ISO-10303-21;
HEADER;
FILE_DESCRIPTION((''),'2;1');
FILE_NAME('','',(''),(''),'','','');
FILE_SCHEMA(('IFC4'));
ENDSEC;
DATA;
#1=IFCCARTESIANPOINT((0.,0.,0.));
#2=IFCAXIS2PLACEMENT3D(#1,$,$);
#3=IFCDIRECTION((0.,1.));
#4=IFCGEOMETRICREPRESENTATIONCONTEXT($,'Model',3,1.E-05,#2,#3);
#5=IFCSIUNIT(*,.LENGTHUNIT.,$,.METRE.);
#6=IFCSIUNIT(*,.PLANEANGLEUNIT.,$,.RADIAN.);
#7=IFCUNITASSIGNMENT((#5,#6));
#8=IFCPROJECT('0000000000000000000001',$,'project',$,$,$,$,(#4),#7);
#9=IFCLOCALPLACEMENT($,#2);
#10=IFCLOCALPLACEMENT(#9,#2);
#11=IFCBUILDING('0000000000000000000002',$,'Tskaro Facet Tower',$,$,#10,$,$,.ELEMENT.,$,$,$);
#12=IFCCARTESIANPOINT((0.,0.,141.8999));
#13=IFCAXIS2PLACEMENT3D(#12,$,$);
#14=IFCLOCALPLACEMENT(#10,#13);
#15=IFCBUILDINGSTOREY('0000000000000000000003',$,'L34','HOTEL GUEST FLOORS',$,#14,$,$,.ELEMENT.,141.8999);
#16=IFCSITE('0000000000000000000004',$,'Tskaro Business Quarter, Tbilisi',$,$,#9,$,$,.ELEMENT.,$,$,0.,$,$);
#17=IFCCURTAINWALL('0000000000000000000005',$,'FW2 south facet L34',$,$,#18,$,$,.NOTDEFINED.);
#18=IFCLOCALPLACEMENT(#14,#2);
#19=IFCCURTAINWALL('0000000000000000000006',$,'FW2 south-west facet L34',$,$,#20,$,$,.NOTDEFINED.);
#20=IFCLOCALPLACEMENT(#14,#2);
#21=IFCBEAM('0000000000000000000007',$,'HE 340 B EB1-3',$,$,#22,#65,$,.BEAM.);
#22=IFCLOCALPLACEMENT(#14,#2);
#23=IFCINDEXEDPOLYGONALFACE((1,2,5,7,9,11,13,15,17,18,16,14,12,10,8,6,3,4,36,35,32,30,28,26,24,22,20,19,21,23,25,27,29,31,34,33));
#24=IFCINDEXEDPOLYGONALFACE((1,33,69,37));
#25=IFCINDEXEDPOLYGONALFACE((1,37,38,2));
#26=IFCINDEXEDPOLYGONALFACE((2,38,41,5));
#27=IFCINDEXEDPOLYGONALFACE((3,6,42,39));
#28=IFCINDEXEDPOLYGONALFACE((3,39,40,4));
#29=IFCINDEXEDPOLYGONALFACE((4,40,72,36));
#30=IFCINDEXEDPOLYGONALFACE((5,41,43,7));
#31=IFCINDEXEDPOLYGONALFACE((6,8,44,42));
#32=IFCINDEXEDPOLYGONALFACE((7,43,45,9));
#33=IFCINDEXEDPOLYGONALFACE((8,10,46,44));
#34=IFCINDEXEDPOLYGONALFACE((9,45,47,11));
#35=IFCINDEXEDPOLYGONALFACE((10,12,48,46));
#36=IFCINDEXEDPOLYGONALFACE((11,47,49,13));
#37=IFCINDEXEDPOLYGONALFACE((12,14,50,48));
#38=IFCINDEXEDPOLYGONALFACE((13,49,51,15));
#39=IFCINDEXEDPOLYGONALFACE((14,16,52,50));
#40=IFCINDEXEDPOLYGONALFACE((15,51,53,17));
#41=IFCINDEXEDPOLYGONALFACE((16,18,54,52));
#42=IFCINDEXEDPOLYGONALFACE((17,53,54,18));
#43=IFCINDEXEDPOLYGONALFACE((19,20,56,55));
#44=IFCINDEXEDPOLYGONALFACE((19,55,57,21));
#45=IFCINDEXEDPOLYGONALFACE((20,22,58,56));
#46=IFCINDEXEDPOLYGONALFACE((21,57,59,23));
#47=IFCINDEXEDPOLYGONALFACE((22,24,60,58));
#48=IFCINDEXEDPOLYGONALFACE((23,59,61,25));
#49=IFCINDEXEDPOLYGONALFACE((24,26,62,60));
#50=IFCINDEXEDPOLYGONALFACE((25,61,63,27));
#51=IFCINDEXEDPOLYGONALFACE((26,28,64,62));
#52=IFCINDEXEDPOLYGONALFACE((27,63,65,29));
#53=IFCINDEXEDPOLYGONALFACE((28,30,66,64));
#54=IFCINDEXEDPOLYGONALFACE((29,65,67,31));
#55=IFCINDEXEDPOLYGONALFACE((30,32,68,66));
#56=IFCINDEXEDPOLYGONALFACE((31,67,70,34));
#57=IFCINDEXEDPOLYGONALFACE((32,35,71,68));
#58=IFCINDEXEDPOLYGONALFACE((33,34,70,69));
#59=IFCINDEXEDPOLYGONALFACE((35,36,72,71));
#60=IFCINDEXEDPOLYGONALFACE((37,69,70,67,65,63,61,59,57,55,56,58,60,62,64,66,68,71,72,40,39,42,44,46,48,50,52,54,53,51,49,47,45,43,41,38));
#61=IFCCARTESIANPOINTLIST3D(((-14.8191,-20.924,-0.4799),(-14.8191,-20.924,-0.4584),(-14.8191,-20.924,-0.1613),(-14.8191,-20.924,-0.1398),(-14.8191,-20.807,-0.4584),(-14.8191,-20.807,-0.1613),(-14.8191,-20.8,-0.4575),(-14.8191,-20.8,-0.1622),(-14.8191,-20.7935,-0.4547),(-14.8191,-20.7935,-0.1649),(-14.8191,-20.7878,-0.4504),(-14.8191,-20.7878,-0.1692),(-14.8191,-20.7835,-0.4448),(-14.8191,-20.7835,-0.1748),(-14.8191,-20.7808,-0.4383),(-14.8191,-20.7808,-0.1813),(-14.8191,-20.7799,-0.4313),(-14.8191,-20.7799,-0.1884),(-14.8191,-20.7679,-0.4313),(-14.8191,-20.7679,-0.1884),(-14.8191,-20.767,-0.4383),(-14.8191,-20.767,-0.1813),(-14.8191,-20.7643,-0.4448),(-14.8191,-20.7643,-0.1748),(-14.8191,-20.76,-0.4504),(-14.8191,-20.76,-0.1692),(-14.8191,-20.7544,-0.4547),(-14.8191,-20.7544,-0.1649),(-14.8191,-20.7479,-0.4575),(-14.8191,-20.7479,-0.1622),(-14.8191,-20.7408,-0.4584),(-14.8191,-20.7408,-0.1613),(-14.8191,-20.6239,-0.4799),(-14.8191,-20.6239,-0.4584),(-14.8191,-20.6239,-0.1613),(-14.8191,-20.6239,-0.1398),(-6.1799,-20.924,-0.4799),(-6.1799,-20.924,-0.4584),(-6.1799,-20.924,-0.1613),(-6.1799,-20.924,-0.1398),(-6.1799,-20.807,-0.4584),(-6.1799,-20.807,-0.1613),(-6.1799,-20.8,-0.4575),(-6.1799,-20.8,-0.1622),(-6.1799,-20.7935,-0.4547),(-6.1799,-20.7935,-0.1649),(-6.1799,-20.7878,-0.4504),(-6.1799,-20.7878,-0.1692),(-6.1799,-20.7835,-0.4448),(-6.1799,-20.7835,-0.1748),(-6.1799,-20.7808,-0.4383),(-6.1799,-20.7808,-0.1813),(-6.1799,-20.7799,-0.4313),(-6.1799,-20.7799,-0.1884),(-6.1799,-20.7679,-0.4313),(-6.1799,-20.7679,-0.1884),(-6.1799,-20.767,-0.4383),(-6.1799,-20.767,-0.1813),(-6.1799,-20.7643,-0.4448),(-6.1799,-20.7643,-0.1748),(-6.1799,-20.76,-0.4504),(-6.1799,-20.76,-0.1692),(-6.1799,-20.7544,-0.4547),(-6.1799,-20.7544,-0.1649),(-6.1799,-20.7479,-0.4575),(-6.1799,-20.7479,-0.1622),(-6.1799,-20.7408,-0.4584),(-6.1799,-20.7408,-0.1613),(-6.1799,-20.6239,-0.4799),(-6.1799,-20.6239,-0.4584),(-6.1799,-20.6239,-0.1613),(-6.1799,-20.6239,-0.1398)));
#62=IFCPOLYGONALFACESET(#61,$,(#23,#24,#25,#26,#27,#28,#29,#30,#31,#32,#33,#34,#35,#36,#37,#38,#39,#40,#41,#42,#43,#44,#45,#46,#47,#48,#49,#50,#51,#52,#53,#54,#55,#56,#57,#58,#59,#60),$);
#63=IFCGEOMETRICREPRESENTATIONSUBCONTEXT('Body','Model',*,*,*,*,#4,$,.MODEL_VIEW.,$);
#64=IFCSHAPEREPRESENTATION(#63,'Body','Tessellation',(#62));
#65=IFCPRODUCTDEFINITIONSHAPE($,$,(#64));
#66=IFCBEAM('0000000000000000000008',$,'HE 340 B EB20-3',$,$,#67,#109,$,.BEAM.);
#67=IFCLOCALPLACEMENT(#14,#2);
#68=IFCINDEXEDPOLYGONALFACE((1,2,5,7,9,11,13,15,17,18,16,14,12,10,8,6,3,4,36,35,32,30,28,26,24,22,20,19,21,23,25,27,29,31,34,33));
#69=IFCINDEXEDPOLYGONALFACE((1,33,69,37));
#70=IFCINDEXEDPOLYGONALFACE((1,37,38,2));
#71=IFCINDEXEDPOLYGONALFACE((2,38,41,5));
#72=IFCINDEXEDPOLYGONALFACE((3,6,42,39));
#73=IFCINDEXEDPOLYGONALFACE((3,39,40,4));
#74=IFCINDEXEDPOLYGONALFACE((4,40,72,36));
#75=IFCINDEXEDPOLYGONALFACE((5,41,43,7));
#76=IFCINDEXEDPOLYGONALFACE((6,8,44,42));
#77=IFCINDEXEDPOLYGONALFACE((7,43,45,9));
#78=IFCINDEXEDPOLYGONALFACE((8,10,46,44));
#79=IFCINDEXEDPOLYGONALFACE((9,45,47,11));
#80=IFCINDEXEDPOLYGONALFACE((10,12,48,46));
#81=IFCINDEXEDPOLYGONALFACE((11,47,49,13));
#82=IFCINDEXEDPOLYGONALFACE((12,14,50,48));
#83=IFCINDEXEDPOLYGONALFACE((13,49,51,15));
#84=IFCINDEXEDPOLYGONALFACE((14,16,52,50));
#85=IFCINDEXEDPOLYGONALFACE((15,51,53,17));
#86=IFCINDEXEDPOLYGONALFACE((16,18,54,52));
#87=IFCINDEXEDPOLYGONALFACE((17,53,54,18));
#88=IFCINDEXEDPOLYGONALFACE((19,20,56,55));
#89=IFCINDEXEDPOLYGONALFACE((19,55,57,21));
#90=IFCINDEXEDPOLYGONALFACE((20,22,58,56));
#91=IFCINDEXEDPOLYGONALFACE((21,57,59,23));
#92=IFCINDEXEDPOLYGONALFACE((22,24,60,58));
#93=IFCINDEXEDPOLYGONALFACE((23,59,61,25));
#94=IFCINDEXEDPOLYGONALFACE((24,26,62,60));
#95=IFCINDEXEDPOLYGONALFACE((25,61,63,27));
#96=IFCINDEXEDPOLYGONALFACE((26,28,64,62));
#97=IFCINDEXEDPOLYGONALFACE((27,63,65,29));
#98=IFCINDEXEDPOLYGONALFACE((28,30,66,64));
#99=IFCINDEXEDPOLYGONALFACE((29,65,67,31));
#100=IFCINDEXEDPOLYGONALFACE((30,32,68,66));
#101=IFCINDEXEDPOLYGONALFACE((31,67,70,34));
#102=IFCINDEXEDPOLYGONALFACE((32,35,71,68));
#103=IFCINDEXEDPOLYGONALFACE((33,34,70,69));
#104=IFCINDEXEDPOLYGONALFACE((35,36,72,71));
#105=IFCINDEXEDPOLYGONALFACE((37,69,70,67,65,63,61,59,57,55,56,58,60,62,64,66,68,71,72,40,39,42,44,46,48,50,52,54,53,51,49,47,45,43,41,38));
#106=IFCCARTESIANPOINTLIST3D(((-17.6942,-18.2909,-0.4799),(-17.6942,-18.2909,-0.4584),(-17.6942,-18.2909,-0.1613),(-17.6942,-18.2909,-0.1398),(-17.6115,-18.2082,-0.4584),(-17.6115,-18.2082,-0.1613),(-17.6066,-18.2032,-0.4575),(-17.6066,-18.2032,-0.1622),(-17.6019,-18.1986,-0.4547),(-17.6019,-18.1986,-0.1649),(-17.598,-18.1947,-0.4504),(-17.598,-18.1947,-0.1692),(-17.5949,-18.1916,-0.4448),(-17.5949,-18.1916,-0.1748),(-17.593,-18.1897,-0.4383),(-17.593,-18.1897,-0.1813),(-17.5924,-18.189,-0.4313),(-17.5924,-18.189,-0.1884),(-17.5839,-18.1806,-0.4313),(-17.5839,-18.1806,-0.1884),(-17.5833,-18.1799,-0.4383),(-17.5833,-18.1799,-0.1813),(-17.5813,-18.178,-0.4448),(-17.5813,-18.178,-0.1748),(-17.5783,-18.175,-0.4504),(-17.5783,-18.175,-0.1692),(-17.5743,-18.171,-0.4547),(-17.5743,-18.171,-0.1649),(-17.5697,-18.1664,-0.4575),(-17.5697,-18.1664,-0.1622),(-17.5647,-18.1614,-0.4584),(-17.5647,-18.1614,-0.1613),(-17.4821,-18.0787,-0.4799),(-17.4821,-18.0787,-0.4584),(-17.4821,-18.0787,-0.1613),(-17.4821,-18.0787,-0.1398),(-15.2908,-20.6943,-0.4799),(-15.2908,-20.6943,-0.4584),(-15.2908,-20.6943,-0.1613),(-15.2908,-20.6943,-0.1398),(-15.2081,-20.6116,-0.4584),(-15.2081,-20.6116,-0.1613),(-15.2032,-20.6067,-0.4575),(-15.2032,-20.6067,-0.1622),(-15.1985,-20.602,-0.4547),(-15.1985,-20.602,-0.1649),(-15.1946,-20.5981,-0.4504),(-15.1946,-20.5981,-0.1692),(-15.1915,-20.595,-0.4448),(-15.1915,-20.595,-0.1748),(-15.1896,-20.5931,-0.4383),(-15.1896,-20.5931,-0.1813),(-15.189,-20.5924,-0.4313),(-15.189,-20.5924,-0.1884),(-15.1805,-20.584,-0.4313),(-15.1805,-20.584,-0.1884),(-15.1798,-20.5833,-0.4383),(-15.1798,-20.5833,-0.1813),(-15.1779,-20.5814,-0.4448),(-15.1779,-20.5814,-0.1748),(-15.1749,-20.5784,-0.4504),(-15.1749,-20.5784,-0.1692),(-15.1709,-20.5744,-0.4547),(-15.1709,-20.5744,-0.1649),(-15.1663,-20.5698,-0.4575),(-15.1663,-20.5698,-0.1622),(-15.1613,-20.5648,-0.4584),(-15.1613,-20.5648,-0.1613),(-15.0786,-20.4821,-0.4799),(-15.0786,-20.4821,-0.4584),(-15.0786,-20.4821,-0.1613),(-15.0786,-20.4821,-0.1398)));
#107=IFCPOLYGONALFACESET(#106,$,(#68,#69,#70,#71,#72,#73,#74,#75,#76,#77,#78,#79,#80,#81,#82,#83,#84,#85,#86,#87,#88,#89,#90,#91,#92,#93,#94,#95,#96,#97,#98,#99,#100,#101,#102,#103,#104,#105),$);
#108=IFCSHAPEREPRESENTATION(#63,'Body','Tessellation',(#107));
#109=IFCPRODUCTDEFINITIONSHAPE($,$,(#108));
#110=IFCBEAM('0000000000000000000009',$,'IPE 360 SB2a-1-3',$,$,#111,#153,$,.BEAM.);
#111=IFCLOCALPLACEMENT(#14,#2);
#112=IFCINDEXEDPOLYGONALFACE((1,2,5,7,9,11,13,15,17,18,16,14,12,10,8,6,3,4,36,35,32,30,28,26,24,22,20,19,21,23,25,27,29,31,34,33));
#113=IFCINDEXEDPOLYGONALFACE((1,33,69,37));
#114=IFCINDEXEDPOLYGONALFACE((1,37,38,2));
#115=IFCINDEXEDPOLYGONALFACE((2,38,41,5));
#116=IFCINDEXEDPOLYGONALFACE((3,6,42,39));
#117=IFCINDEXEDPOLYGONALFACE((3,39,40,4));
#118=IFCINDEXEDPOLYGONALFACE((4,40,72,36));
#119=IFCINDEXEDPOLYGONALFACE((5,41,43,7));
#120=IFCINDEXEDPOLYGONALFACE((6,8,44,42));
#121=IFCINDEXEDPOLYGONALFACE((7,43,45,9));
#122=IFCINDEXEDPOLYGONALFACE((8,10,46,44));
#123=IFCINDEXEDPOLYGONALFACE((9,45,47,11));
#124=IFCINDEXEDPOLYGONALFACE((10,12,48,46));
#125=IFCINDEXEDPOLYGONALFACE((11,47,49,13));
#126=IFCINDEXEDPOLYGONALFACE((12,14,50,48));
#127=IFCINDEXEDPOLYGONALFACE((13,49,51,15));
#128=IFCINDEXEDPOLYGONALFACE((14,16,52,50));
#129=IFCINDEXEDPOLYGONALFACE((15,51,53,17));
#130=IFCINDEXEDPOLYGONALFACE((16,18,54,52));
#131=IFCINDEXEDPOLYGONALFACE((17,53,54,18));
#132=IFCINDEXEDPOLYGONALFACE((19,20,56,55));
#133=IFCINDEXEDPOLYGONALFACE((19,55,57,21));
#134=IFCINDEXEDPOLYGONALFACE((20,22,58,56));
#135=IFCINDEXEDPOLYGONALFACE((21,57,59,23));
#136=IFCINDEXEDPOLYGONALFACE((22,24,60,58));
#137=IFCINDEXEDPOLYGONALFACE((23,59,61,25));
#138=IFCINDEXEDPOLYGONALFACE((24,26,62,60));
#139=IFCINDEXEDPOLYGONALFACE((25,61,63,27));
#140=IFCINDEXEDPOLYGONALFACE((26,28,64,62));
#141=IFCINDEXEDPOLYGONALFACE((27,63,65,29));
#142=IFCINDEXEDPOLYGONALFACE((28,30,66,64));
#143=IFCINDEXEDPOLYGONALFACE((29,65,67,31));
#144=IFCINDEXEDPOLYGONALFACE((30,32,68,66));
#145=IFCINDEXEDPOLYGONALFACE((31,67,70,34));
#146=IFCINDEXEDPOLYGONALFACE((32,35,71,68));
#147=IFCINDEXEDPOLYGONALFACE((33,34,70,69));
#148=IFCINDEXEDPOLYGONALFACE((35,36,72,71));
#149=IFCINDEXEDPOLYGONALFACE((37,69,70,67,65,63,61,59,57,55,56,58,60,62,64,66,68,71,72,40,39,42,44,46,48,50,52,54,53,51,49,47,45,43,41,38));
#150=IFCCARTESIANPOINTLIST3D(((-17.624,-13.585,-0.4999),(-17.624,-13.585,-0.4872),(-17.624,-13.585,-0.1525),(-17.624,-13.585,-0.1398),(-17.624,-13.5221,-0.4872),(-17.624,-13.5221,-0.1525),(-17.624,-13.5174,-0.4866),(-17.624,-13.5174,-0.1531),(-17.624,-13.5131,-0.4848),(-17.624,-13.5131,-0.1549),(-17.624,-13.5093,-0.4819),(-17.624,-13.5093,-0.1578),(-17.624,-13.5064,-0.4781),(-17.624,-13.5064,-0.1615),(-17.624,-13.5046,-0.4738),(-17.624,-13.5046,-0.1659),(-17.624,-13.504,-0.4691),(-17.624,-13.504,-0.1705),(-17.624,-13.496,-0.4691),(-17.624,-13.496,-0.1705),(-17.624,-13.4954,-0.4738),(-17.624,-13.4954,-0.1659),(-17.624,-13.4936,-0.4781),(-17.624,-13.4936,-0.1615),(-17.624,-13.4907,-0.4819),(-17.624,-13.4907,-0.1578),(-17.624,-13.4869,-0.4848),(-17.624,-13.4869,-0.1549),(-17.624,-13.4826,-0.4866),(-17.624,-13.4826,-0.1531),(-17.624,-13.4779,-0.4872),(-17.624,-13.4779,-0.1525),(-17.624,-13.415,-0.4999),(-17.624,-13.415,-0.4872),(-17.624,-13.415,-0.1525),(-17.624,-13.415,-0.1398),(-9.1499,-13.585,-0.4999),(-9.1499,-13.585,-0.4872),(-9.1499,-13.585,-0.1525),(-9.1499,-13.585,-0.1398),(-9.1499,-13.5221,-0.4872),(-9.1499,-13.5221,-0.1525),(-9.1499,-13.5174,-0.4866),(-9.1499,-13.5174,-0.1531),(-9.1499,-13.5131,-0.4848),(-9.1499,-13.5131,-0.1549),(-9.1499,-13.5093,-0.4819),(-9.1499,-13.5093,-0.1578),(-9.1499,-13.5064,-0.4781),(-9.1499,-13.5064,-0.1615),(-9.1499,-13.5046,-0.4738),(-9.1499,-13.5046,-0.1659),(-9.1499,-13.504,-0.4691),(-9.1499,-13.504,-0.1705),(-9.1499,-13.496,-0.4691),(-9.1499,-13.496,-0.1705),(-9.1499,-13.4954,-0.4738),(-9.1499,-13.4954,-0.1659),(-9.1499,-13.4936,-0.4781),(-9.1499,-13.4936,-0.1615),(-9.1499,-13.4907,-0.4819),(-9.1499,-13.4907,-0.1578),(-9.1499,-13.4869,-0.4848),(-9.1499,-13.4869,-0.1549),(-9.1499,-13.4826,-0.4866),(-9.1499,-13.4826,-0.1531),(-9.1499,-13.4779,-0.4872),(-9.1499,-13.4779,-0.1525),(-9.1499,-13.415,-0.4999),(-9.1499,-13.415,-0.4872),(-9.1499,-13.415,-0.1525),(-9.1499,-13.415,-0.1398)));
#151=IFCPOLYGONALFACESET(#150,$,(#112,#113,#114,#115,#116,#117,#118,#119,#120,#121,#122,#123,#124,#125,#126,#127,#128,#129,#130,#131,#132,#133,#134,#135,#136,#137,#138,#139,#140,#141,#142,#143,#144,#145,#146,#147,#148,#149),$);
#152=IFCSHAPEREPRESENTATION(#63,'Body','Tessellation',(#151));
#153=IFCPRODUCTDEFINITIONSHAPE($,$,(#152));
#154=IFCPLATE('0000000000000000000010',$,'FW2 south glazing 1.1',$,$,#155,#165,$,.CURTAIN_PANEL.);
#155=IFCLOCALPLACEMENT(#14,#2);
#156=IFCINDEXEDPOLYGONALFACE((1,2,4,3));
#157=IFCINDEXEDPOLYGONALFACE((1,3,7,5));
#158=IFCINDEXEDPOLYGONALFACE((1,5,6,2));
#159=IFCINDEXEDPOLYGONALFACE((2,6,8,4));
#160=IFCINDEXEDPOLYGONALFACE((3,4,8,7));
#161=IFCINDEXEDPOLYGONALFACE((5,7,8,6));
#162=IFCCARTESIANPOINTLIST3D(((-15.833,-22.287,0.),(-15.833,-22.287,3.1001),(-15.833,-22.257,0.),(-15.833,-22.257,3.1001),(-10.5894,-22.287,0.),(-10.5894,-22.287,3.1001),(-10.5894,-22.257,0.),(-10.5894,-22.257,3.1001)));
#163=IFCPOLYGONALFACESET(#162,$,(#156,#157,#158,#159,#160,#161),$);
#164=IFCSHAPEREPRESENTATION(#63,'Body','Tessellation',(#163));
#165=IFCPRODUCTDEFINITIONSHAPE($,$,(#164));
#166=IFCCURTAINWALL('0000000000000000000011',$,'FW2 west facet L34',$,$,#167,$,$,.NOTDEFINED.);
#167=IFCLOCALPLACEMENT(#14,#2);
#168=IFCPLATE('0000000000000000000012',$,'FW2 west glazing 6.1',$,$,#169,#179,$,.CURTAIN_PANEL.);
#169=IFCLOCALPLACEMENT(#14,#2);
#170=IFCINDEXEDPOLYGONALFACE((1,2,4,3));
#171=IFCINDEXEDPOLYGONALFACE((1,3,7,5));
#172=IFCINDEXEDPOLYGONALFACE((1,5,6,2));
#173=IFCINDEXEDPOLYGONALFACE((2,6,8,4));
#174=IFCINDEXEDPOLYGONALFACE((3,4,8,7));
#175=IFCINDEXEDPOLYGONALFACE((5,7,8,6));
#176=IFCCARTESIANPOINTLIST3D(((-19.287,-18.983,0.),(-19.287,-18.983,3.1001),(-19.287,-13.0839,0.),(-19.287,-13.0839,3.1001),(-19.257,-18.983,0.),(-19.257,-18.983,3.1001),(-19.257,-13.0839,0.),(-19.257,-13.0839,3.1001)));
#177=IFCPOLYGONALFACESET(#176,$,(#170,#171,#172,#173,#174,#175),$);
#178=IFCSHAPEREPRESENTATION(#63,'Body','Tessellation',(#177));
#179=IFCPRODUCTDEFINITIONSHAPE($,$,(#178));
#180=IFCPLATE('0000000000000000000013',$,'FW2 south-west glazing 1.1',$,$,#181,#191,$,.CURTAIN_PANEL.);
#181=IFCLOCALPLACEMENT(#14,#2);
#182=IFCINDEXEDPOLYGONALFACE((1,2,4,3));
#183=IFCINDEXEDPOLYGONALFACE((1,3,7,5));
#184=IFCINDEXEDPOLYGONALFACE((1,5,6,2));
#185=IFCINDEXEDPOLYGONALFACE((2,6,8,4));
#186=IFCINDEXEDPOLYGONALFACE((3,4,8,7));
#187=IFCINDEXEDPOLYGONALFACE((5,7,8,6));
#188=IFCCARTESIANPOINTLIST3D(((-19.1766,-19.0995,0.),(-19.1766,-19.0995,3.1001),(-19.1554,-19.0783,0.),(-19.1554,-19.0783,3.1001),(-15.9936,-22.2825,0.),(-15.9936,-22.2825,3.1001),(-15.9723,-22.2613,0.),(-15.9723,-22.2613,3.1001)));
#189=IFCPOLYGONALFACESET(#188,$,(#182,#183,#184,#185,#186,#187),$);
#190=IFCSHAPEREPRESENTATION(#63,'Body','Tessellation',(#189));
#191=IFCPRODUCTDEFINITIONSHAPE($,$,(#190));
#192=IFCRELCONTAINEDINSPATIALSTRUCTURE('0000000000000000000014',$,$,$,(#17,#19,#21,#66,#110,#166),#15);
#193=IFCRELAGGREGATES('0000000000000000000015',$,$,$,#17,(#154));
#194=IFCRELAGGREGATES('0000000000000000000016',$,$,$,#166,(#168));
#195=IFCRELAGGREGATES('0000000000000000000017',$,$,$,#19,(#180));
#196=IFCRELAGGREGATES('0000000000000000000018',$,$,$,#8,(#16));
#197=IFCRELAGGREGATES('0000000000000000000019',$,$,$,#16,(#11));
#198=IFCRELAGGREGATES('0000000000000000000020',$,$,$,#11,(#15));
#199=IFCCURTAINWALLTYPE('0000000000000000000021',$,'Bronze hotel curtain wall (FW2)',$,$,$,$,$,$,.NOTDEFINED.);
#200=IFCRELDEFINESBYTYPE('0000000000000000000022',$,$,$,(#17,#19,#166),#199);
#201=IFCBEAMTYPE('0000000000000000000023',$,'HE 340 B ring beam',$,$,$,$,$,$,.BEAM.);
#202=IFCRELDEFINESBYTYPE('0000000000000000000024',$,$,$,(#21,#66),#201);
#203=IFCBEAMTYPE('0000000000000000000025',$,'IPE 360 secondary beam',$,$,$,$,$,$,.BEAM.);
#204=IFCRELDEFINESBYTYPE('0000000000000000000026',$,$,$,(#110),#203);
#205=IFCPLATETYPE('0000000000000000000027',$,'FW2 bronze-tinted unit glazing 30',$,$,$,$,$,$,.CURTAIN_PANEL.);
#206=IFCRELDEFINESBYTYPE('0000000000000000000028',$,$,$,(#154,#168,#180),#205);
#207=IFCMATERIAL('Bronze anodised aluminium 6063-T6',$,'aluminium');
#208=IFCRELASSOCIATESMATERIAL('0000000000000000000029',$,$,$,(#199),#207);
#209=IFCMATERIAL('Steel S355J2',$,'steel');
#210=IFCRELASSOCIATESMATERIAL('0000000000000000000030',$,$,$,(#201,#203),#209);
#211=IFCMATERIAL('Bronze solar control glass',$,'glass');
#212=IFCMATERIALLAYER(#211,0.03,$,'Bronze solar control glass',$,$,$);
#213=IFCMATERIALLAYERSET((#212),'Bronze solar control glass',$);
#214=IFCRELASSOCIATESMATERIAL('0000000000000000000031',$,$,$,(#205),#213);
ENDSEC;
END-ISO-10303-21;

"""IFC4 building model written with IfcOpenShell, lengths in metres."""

from ifc_helpers import new_model, si_unit, direction, frame, origin, origin_2d, place, context, subcontext, project, spatial, rectangle, i_section, extrude, material, layer, layer_set, material_profile, profile_set, type_object, element, aggregate, save


model = new_model("IFC4")

# Units and contexts
model_context = context("Model", 3, precision=1e-05, world=origin(), true_north=direction((0.0, 1.0)))
body_context = subcontext(model_context, "Body", "Model", "MODEL_VIEW")
ifc_project = project(units=[si_unit("LENGTHUNIT", "METRE"), si_unit("PLANEANGLEUNIT", "RADIAN")], contexts=[model_context])

# Site, building, storey
site_placement = place(None, origin())
site = spatial("IfcSite", under=ifc_project, at=site_placement, Name="Tskaro Business Quarter, Tbilisi", CompositionType="ELEMENT", RefElevation=0.0)
building_placement = place(site_placement, origin())
building = spatial("IfcBuilding", under=site, at=building_placement, Name="Tskaro Facet Tower", CompositionType="ELEMENT")
storey_placement = place(building_placement, frame((0.0, 0.0, 141.8999)))
storey = spatial("IfcBuildingStorey", under=building, at=storey_placement, Name="L34", Description="HOTEL GUEST FLOORS", CompositionType="ELEMENT", Elevation=141.8999)

# Curtain walls
ifc_material_1 = material(Name="Bronze anodised aluminium 6063-T6", Category="aluminium")
curtain_wall_type = type_object("IfcCurtainWallType", Name="Bronze hotel curtain wall (FW2)", PredefinedType="NOTDEFINED", material=ifc_material_1)
curtain_wall_1_placement = place(storey_placement, origin())
curtain_wall_1 = element("IfcCurtainWall", 1, at=curtain_wall_1_placement, inside=storey, type_object=curtain_wall_type, Name="FW2 south facet L34", PredefinedType="NOTDEFINED")
curtain_wall_2_placement = place(storey_placement, origin())
curtain_wall_2 = element("IfcCurtainWall", 2, at=curtain_wall_2_placement, inside=storey, type_object=curtain_wall_type, Name="FW2 south-west facet L34", PredefinedType="NOTDEFINED")

# Beams
ifc_material_2 = material(Name="Steel S355J2", Category="steel")
ifc_material_profile_1 = material_profile(ifc_material_2, i_section(OverallWidth=0.3, OverallDepth=0.3401, WebThickness=0.012, FlangeThickness=0.0215, FilletRadius=0.0271, at=origin_2d()), Name="HE 340 B")
ifc_profile_set_1 = profile_set([ifc_material_profile_1], Name="Steel S355J2")
beam_type_1 = type_object("IfcBeamType", Name="HE 340 B ring beam", PredefinedType="BEAM", material=ifc_profile_set_1)
beam_1_placement = place(storey_placement, frame((-14.8191, -20.7739, -0.3098), z_axis=(1.0, 0.0, 0.0), x_axis=(0.0, 1.0, 0.0)))
element("IfcBeam", 3, at=beam_1_placement, inside=storey, type_object=beam_type_1, Name="HE 340 B EB1-3", PredefinedType="BEAM", context=body_context, shape_type="SweptSolid", body=[
    extrude(i_section(OverallWidth=0.3, OverallDepth=0.3401, WebThickness=0.012, FlangeThickness=0.0215, FilletRadius=0.0271, at=origin_2d()), origin(), (0.0, 0.0, 1.0), 8.6392),
])
beam_2_placement = place(storey_placement, frame((-17.5881, -18.1848, -0.3098), z_axis=(0.707107, -0.707107, 0.0), x_axis=(0.707107, 0.707107, 0.0)))
element("IfcBeam", 4, at=beam_2_placement, inside=storey, type_object=beam_type_1, Name="HE 340 B EB20-3", PredefinedType="BEAM", context=body_context, shape_type="SweptSolid", body=[
    extrude(i_section(OverallWidth=0.3, OverallDepth=0.3401, WebThickness=0.012, FlangeThickness=0.0215, FilletRadius=0.0271, at=origin_2d()), origin(), (0.0, 0.0, 1.0), 3.3989),
])
ifc_material_profile_2 = material_profile(ifc_material_2, i_section(OverallWidth=0.1699, OverallDepth=0.3601, WebThickness=0.0081, FlangeThickness=0.0127, FilletRadius=0.0181, at=origin_2d()), Name="IPE 360")
ifc_profile_set_2 = profile_set([ifc_material_profile_2], Name="Steel S355J2")
beam_type_2 = type_object("IfcBeamType", Name="IPE 360 secondary beam", PredefinedType="BEAM", material=ifc_profile_set_2)
beam_3_placement = place(storey_placement, frame((-17.624, -13.5, -0.3198), z_axis=(1.0, 0.0, 0.0), x_axis=(0.0, 1.0, 0.0)))
element("IfcBeam", 5, at=beam_3_placement, inside=storey, type_object=beam_type_2, Name="IPE 360 SB2a-1-3", PredefinedType="BEAM", context=body_context, shape_type="SweptSolid", body=[
    extrude(i_section(OverallWidth=0.1699, OverallDepth=0.3601, WebThickness=0.0081, FlangeThickness=0.0127, FilletRadius=0.0181, at=origin_2d()), origin(), (0.0, 0.0, 1.0), 8.4741),
])

# Plate
ifc_material_3 = material(Name="Bronze solar control glass", Category="glass")
ifc_layer_1 = layer(ifc_material_3, 0.03, Name="Bronze solar control glass")
ifc_layer_set_1 = layer_set([ifc_layer_1], Name="Bronze solar control glass")
plate_type = type_object("IfcPlateType", Name="FW2 bronze-tinted unit glazing 30", PredefinedType="CURTAIN_PANEL", material=ifc_layer_set_1)
plate_1_placement = place(storey_placement, frame((-13.2112, -22.272, 0.0), z_axis=(0.0, 0.0, 1.0), x_axis=(1.0, 0.0, 0.0)))
plate_1 = element("IfcPlate", 6, at=plate_1_placement, type_object=plate_type, Name="FW2 south glazing 1.1", PredefinedType="CURTAIN_PANEL", context=body_context, shape_type="SweptSolid", body=[
    extrude(rectangle(XDim=5.2437, YDim=0.03, at=origin_2d()), origin(), (0.0, 0.0, 1.0), 3.1001),
])
aggregate(curtain_wall_1, [plate_1])

# Curtain wall, plate
curtain_wall_3_placement = place(storey_placement, origin())
curtain_wall_3 = element("IfcCurtainWall", 7, at=curtain_wall_3_placement, inside=storey, type_object=curtain_wall_type, Name="FW2 west facet L34", PredefinedType="NOTDEFINED")
plate_2_placement = place(storey_placement, frame((-19.272, -16.0334, 0.0), z_axis=(0.0, 0.0, 1.0), x_axis=(0.0, -1.0, 0.0)))
plate_2 = element("IfcPlate", 8, at=plate_2_placement, type_object=plate_type, Name="FW2 west glazing 6.1", PredefinedType="CURTAIN_PANEL", context=body_context, shape_type="SweptSolid", body=[
    extrude(rectangle(XDim=5.8992, YDim=0.03, at=origin_2d()), origin(), (0.0, 0.0, 1.0), 3.1001),
])
aggregate(curtain_wall_3, [plate_2])

# Plate
plate_3_placement = place(storey_placement, frame((-17.5745, -20.6804, 0.0), z_axis=(0.0, 0.0, 1.0), x_axis=(0.707107, -0.707107, 0.0)))
plate_3 = element("IfcPlate", 9, at=plate_3_placement, type_object=plate_type, Name="FW2 south-west glazing 1.1", PredefinedType="CURTAIN_PANEL", context=body_context, shape_type="SweptSolid", body=[
    extrude(rectangle(XDim=4.5015, YDim=0.03, at=origin_2d()), origin(), (0.0, 0.0, 1.0), 3.1001),
])
aggregate(curtain_wall_2, [plate_3])

save(model, "model.ifc")
